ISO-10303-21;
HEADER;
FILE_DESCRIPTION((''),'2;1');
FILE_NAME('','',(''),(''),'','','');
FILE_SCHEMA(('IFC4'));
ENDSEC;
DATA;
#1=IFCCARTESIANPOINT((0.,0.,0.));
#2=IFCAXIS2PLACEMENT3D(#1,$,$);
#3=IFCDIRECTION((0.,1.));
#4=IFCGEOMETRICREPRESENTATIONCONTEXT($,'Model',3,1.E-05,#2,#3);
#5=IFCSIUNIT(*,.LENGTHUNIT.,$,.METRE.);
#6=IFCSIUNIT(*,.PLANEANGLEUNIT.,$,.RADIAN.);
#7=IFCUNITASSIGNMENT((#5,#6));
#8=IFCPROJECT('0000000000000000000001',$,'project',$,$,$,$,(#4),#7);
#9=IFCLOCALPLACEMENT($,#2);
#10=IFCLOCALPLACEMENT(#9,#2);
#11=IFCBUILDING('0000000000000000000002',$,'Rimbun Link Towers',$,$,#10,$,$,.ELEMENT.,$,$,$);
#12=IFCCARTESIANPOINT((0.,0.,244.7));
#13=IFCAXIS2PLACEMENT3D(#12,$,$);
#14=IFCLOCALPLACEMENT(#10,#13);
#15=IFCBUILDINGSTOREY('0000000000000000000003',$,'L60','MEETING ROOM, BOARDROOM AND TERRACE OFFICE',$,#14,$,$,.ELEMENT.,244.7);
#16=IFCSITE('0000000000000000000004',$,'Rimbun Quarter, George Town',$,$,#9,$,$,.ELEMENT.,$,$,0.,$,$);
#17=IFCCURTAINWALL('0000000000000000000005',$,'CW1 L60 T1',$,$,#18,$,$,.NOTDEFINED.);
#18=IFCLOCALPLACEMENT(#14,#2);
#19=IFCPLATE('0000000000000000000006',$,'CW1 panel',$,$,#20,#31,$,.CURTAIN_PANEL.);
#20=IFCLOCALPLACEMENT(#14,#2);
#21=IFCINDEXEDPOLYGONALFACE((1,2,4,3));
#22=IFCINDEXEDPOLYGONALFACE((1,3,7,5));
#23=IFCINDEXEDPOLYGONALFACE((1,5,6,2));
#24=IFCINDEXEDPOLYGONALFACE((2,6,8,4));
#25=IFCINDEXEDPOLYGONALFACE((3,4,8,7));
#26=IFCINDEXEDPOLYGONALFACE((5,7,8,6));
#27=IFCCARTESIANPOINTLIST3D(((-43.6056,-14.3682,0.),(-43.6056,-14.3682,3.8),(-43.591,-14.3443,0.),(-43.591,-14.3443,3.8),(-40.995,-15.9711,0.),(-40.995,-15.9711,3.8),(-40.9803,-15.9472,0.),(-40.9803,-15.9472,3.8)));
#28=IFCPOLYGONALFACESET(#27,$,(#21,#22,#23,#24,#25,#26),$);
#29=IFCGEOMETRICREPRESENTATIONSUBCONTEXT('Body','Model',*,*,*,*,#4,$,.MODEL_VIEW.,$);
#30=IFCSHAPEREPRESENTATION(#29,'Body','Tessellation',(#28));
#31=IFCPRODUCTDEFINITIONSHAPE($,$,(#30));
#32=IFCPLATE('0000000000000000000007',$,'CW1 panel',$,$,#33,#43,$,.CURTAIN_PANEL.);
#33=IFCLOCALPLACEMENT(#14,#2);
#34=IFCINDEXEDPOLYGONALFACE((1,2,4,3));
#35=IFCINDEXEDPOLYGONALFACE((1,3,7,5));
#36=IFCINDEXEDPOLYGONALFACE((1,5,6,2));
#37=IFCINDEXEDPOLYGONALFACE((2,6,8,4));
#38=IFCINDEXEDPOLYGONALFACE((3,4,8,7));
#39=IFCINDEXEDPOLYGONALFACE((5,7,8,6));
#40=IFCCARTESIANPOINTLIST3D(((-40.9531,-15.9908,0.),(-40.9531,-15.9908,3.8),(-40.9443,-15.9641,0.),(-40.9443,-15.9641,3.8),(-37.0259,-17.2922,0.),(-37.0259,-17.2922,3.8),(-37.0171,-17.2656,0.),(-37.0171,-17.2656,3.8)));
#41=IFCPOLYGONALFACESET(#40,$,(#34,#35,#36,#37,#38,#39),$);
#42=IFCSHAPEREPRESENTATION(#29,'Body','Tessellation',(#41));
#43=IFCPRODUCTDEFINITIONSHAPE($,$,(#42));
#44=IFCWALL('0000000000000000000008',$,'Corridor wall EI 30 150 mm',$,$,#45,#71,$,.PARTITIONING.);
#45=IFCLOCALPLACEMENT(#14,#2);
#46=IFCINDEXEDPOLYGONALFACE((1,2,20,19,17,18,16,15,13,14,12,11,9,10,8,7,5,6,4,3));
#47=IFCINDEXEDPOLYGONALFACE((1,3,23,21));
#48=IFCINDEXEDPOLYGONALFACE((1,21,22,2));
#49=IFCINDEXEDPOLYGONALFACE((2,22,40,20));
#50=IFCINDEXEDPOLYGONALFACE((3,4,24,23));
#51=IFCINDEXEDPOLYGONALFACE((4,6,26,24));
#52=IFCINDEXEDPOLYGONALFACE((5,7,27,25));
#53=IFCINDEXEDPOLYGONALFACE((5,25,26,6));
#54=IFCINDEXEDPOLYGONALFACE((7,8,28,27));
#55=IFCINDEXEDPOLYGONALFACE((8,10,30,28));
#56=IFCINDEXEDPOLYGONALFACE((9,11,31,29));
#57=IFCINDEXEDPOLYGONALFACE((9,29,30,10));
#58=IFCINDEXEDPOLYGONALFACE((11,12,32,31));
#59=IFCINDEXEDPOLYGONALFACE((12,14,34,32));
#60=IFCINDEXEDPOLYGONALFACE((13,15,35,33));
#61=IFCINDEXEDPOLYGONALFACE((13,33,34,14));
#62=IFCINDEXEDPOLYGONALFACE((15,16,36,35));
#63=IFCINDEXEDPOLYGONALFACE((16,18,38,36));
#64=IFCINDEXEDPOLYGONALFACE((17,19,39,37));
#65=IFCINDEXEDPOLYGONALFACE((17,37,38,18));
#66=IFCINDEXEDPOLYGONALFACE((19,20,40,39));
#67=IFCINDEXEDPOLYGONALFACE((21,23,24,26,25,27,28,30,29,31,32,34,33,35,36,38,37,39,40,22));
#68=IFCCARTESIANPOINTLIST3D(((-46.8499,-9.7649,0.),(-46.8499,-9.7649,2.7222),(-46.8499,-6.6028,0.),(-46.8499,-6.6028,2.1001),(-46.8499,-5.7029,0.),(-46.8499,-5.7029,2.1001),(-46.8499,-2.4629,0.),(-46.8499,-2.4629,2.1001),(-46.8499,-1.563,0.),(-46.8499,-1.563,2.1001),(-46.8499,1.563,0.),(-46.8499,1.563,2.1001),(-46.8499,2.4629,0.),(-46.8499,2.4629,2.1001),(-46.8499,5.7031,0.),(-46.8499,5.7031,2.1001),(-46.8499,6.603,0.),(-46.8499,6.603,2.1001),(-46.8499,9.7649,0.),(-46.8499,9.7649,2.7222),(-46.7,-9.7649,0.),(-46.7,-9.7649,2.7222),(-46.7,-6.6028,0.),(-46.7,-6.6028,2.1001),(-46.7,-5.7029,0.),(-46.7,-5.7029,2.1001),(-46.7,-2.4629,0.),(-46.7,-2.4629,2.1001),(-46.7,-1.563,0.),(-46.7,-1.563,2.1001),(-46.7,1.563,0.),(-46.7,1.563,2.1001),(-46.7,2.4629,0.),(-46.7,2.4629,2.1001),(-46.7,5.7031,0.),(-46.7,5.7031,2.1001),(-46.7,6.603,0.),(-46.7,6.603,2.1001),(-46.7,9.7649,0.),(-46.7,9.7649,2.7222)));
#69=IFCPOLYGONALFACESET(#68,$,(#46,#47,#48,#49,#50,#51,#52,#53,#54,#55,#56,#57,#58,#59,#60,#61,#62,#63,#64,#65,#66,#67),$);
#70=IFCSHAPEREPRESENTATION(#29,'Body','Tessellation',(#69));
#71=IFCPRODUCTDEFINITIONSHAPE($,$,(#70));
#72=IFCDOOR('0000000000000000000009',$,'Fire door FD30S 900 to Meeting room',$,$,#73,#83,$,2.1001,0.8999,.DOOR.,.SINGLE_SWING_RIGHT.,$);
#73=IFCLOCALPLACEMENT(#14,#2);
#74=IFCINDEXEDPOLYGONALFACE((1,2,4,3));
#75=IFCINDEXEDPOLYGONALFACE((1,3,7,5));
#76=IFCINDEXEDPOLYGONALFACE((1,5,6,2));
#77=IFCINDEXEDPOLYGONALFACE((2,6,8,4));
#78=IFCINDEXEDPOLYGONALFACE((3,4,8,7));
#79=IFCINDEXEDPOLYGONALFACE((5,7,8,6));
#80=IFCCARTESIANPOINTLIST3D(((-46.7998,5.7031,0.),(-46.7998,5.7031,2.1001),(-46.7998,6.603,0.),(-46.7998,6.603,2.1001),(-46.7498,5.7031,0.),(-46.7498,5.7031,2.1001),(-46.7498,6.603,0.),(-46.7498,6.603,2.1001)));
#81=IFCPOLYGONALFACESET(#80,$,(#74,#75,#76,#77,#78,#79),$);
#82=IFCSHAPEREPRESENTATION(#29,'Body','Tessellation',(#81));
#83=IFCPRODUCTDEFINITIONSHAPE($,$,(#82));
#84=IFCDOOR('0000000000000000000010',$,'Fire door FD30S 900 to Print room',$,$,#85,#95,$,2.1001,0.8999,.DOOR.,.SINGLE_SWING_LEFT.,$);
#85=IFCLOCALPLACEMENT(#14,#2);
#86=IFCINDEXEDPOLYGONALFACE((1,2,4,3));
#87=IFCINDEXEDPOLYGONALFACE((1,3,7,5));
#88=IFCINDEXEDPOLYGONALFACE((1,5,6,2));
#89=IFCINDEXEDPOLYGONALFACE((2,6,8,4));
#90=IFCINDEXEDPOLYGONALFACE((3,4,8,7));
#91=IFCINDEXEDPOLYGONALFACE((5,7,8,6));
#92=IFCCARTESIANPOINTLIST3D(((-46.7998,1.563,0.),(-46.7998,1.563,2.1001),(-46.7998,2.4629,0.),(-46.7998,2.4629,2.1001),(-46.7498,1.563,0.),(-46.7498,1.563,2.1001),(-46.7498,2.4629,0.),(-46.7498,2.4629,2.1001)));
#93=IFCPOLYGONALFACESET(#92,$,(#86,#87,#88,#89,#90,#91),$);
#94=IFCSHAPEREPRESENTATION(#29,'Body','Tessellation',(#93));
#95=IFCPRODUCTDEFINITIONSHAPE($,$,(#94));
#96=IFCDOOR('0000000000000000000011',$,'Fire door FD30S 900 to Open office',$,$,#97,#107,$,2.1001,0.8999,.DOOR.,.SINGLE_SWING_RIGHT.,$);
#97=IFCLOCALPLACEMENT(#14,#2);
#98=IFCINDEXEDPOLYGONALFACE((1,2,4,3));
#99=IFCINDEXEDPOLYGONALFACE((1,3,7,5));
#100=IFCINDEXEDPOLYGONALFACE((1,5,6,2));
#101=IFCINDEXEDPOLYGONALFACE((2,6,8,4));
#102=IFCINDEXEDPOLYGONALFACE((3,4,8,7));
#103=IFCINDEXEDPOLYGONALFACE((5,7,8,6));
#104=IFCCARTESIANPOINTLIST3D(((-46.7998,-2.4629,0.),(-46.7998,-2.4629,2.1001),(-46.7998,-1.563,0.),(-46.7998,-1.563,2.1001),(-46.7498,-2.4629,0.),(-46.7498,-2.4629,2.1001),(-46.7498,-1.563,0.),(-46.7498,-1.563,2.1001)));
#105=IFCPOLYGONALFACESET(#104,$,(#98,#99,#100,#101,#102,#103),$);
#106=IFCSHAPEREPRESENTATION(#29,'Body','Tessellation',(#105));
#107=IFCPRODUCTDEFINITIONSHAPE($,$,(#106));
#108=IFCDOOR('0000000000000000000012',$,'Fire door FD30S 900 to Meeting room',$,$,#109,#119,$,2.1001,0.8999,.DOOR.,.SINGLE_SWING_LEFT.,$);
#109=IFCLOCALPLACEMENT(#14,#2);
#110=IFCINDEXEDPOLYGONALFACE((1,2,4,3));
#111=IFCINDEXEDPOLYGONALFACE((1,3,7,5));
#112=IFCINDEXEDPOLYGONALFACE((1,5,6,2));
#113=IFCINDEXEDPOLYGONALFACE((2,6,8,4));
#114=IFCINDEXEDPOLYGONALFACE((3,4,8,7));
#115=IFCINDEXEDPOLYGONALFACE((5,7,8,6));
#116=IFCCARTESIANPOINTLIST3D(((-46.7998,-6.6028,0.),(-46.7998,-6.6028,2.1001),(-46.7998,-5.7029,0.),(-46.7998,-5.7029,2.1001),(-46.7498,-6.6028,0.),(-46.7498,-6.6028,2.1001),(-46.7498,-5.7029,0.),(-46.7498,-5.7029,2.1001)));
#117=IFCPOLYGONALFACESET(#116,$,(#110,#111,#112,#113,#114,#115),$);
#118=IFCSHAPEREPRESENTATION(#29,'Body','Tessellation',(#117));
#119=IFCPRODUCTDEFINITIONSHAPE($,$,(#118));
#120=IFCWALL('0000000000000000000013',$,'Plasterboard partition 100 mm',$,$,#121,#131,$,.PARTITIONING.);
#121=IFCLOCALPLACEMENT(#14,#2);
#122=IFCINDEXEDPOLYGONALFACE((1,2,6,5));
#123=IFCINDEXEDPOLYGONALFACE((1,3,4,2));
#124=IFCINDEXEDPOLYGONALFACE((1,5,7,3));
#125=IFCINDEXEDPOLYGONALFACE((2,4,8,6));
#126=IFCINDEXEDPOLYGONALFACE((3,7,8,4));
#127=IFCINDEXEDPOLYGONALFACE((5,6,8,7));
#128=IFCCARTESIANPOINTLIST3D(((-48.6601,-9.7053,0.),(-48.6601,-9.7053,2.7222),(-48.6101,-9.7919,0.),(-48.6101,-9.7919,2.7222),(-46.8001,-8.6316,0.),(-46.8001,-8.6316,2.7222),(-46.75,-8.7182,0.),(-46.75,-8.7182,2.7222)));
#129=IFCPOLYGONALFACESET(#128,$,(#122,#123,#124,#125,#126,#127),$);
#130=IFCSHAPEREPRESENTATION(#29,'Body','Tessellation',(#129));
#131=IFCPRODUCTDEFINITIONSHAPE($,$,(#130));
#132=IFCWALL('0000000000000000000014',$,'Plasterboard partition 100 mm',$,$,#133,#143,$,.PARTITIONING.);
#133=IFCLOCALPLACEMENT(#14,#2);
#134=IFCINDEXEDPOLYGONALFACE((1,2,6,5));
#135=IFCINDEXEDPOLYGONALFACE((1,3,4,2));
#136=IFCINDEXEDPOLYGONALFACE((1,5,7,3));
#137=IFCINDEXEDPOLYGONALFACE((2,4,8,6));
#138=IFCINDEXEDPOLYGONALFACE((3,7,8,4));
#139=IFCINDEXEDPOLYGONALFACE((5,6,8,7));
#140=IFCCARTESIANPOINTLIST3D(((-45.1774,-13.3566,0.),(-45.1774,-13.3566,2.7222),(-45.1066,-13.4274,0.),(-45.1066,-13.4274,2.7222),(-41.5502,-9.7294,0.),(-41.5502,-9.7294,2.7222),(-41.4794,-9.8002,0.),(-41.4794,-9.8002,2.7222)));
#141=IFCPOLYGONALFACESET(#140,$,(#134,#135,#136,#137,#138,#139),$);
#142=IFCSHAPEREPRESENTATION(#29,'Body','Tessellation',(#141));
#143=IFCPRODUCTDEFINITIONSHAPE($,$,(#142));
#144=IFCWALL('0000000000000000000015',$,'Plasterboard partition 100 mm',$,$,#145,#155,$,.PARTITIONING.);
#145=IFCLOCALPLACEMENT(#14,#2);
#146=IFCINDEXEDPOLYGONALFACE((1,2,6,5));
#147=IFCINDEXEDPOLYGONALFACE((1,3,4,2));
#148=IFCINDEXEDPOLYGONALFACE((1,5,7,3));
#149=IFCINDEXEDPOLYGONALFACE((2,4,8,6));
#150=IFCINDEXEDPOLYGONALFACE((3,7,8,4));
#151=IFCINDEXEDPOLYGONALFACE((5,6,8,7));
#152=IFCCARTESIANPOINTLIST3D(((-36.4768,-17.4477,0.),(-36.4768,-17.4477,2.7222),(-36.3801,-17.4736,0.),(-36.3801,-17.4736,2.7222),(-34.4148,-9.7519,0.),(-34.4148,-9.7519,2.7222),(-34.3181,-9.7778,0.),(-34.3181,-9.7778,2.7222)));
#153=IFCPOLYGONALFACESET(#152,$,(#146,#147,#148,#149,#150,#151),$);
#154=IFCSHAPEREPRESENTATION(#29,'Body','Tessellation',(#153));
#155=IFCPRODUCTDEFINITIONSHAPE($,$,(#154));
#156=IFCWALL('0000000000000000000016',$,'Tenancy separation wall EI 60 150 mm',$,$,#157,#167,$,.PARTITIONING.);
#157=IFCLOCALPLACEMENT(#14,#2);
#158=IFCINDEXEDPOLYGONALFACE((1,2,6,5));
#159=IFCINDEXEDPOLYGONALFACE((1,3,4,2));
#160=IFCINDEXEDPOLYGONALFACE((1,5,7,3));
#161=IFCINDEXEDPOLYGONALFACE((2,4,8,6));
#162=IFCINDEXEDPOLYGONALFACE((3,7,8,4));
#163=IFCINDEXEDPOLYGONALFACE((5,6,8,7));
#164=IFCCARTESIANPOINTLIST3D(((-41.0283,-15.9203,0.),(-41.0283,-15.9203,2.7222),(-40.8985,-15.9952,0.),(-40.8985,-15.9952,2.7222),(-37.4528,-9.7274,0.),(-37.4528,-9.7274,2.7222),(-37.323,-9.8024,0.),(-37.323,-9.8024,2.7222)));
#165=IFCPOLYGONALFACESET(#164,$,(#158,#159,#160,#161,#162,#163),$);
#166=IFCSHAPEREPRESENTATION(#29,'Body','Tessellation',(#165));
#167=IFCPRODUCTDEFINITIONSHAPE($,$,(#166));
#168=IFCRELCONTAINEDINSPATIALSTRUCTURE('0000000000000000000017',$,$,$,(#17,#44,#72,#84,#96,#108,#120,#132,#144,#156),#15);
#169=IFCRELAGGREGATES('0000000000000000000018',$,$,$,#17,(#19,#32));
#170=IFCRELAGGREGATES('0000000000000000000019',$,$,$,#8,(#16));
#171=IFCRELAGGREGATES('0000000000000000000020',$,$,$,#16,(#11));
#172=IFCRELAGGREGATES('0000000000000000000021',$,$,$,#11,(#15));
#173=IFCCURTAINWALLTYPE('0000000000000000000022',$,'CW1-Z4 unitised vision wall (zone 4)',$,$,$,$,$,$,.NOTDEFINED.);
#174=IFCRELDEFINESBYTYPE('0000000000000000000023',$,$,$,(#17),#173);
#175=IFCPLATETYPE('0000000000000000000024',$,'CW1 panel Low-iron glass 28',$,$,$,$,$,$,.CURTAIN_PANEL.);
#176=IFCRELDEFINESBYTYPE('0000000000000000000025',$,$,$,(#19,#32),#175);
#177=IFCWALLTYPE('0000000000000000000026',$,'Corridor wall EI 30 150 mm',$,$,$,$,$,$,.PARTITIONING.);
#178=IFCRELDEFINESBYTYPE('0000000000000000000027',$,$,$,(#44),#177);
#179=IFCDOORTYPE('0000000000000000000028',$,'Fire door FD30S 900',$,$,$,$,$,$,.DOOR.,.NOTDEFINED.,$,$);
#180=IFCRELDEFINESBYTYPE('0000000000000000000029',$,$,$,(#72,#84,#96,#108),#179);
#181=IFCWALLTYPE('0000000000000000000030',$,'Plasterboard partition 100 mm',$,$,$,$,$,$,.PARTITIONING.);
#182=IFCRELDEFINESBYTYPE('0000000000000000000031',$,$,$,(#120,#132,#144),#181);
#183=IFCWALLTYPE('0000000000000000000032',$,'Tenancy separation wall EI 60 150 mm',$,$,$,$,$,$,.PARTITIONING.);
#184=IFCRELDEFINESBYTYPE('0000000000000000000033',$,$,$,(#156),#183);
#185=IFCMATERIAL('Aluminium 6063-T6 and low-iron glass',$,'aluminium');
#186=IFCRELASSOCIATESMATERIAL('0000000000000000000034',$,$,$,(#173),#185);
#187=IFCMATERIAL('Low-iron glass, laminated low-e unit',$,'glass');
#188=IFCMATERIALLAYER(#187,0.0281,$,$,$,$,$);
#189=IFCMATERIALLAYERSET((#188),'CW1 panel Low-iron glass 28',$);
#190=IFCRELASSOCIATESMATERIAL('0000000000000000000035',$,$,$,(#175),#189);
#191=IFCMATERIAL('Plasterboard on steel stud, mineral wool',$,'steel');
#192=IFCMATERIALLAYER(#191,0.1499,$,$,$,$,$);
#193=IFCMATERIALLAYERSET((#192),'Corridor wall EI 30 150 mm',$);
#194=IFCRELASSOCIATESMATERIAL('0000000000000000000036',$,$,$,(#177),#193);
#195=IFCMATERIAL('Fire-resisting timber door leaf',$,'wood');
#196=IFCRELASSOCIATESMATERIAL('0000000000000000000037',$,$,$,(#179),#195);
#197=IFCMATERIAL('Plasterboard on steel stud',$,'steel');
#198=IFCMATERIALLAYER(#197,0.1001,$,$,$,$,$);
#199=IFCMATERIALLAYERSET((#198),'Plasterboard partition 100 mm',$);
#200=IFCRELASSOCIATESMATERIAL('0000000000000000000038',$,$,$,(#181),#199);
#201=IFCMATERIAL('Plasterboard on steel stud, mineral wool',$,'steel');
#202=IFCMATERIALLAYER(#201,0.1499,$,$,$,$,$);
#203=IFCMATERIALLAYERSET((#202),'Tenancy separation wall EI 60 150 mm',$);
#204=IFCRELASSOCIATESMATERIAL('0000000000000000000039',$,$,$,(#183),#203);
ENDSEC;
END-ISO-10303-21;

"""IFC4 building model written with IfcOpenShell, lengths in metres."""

from ifc_helpers import new_model, si_unit, direction, frame, frame_2d, origin, origin_2d, place, context, subcontext, project, spatial, rectangle, extrude, material, layer, layer_set, type_object, element, fill, aggregate, save


model = new_model("IFC4")

# Units and contexts
model_context = context("Model", 3, precision=1e-05, world=origin(), true_north=direction((0.0, 1.0)))
body_context = subcontext(model_context, "Body", "Model", "MODEL_VIEW")
ifc_project = project(units=[si_unit("LENGTHUNIT", "METRE"), si_unit("PLANEANGLEUNIT", "RADIAN")], contexts=[model_context])

# Site, building, storey
site_placement = place(None, origin())
site = spatial("IfcSite", under=ifc_project, at=site_placement, Name="Rimbun Quarter, George Town", CompositionType="ELEMENT", RefElevation=0.0)
building_placement = place(site_placement, origin())
building = spatial("IfcBuilding", under=site, at=building_placement, Name="Rimbun Link Towers", CompositionType="ELEMENT")
storey_placement = place(building_placement, frame((0.0, 0.0, 244.7)))
storey = spatial("IfcBuildingStorey", under=building, at=storey_placement, Name="L60", Description="MEETING ROOM, BOARDROOM AND TERRACE OFFICE", CompositionType="ELEMENT", Elevation=244.7)

# Curtain wall
ifc_material_1 = material(Name="Aluminium 6063-T6 and low-iron glass", Category="aluminium")
curtain_wall_type = type_object("IfcCurtainWallType", Name="CW1-Z4 unitised vision wall (zone 4)", PredefinedType="NOTDEFINED", material=ifc_material_1)
curtain_wall_placement = place(storey_placement, origin())
curtain_wall = element("IfcCurtainWall", 1, at=curtain_wall_placement, inside=storey, type_object=curtain_wall_type, Name="CW1 L60 T1", PredefinedType="NOTDEFINED")

# Plates
ifc_material_2 = material(Name="Low-iron glass, laminated low-e unit", Category="glass")
ifc_layer_1 = layer(ifc_material_2, 0.0281)
ifc_layer_set_1 = layer_set([ifc_layer_1], Name="CW1 panel Low-iron glass 28")
plate_type = type_object("IfcPlateType", Name="CW1 panel Low-iron glass 28", PredefinedType="CURTAIN_PANEL", material=ifc_layer_set_1)
plate_1_placement = place(storey_placement, frame((-42.293, -15.1577, 0.0), z_axis=(0.0, 0.0, 1.0), x_axis=(-0.852192, 0.523229, 0.0)))
plate_1 = element("IfcPlate", 2, at=plate_1_placement, type_object=plate_type, Name="CW1 panel", PredefinedType="CURTAIN_PANEL", context=body_context, shape_type="SweptSolid", body=[
    extrude(rectangle(XDim=3.0635, YDim=0.0281, at=origin_2d()), origin(), (0.0, 0.0, 1.0), 3.8),
])
plate_2_placement = place(storey_placement, frame((-38.9851, -16.6282, 0.0), z_axis=(0.0, 0.0, 1.0), x_axis=(-0.949234, 0.314569, 0.0)))
plate_2 = element("IfcPlate", 3, at=plate_2_placement, type_object=plate_type, Name="CW1 panel", PredefinedType="CURTAIN_PANEL", context=body_context, shape_type="SweptSolid", body=[
    extrude(rectangle(XDim=4.1372, YDim=0.0281, at=origin_2d()), origin(), (0.0, 0.0, 1.0), 3.8),
])
aggregate(curtain_wall, [plate_1, plate_2])

# Wall, openings, doors
ifc_material_3 = material(Name="Plasterboard on steel stud, mineral wool", Category="steel")
ifc_layer_2 = layer(ifc_material_3, 0.1499)
ifc_layer_set_2 = layer_set([ifc_layer_2], Name="Corridor wall EI 30 150 mm")
wall_type_1 = type_object("IfcWallType", Name="Corridor wall EI 30 150 mm", PredefinedType="PARTITIONING", material=ifc_layer_set_2)
wall_1_placement = place(storey_placement, frame((-46.7749, -9.7649, 0.0), z_axis=(0.0, 0.0, 1.0), x_axis=(0.0, 1.0, 0.0)))
wall_1 = element("IfcWall", 4, at=wall_1_placement, inside=storey, type_object=wall_type_1, Name="Corridor wall EI 30 150 mm", PredefinedType="PARTITIONING", context=body_context, shape_type="SweptSolid", body=[
    extrude(rectangle(XDim=19.5298, YDim=0.1499, at=frame_2d((9.7649, 0.0))), origin(), (0.0, 0.0, 1.0), 2.7222),
])
opening_1_placement = place(wall_1_placement, frame((15.468, 0.0, 0.0)))
opening_1 = element("IfcOpeningElement", 5, at=opening_1_placement, cuts=wall_1, PredefinedType="OPENING", context=body_context, shape_type="SweptSolid", body=[
    extrude(rectangle(XDim=0.8999, YDim=2.1001, at=frame_2d((0.45, 1.05))), frame((0.0, 0.085, 0.0), z_axis=(0.0, -1.0, 0.0), x_axis=(1.0, 0.0, 0.0)), (0.0, 0.0, 1.0), 0.1699),
])
opening_2_placement = place(wall_1_placement, frame((11.3279, 0.0, 0.0)))
opening_2 = element("IfcOpeningElement", 6, at=opening_2_placement, cuts=wall_1, PredefinedType="OPENING", context=body_context, shape_type="SweptSolid", body=[
    extrude(rectangle(XDim=0.8999, YDim=2.1001, at=frame_2d((0.45, 1.05))), frame((0.0, 0.085, 0.0), z_axis=(0.0, -1.0, 0.0), x_axis=(1.0, 0.0, 0.0)), (0.0, 0.0, 1.0), 0.1699),
])
opening_3_placement = place(wall_1_placement, frame((7.302, 0.0, 0.0)))
opening_3 = element("IfcOpeningElement", 7, at=opening_3_placement, cuts=wall_1, PredefinedType="OPENING", context=body_context, shape_type="SweptSolid", body=[
    extrude(rectangle(XDim=0.8999, YDim=2.1001, at=frame_2d((0.45, 1.05))), frame((0.0, 0.085, 0.0), z_axis=(0.0, -1.0, 0.0), x_axis=(1.0, 0.0, 0.0)), (0.0, 0.0, 1.0), 0.1699),
])
opening_4_placement = place(wall_1_placement, frame((3.1621, 0.0, 0.0)))
opening_4 = element("IfcOpeningElement", 8, at=opening_4_placement, cuts=wall_1, PredefinedType="OPENING", context=body_context, shape_type="SweptSolid", body=[
    extrude(rectangle(XDim=0.8999, YDim=2.1001, at=frame_2d((0.45, 1.05))), frame((0.0, 0.085, 0.0), z_axis=(0.0, -1.0, 0.0), x_axis=(1.0, 0.0, 0.0)), (0.0, 0.0, 1.0), 0.1699),
])
ifc_material_4 = material(Name="Fire-resisting timber door leaf", Category="wood")
door_type = type_object("IfcDoorType", Name="Fire door FD30S 900", OperationType="NOTDEFINED", PredefinedType="DOOR", material=ifc_material_4)
door_1_placement = place(opening_1_placement, origin())
door_1 = element("IfcDoor", 9, at=door_1_placement, inside=storey, type_object=door_type, Name="Fire door FD30S 900 to Meeting room", OperationType="SINGLE_SWING_RIGHT", OverallHeight=2.1001, OverallWidth=0.8999, PredefinedType="DOOR", context=body_context, shape_type="SweptSolid", body=[
    extrude(rectangle(XDim=0.8999, YDim=2.1001, at=frame_2d((0.45, 1.05))), frame((0.0, 0.0249, 0.0), z_axis=(0.0, -1.0, 0.0), x_axis=(1.0, 0.0, 0.0)), (0.0, 0.0, 1.0), 0.05),
])
fill(opening_1, door_1)
door_2_placement = place(opening_2_placement, origin())
door_2 = element("IfcDoor", 10, at=door_2_placement, inside=storey, type_object=door_type, Name="Fire door FD30S 900 to Print room", OperationType="SINGLE_SWING_LEFT", OverallHeight=2.1001, OverallWidth=0.8999, PredefinedType="DOOR", context=body_context, shape_type="SweptSolid", body=[
    extrude(rectangle(XDim=0.8999, YDim=2.1001, at=frame_2d((0.45, 1.05))), frame((0.0, 0.0249, 0.0), z_axis=(0.0, -1.0, 0.0), x_axis=(1.0, 0.0, 0.0)), (0.0, 0.0, 1.0), 0.05),
])
fill(opening_2, door_2)
door_3_placement = place(opening_3_placement, origin())
door_3 = element("IfcDoor", 11, at=door_3_placement, inside=storey, type_object=door_type, Name="Fire door FD30S 900 to Open office", OperationType="SINGLE_SWING_RIGHT", OverallHeight=2.1001, OverallWidth=0.8999, PredefinedType="DOOR", context=body_context, shape_type="SweptSolid", body=[
    extrude(rectangle(XDim=0.8999, YDim=2.1001, at=frame_2d((0.45, 1.05))), frame((0.0, 0.0249, 0.0), z_axis=(0.0, -1.0, 0.0), x_axis=(1.0, 0.0, 0.0)), (0.0, 0.0, 1.0), 0.05),
])
fill(opening_3, door_3)
door_4_placement = place(opening_4_placement, origin())
door_4 = element("IfcDoor", 12, at=door_4_placement, inside=storey, type_object=door_type, Name="Fire door FD30S 900 to Meeting room", OperationType="SINGLE_SWING_LEFT", OverallHeight=2.1001, OverallWidth=0.8999, PredefinedType="DOOR", context=body_context, shape_type="SweptSolid", body=[
    extrude(rectangle(XDim=0.8999, YDim=2.1001, at=frame_2d((0.45, 1.05))), frame((0.0, 0.0249, 0.0), z_axis=(0.0, -1.0, 0.0), x_axis=(1.0, 0.0, 0.0)), (0.0, 0.0, 1.0), 0.05),
])
fill(opening_4, door_4)

# Walls
ifc_material_5 = material(Name="Plasterboard on steel stud", Category="steel")
ifc_layer_3 = layer(ifc_material_5, 0.1001)
ifc_layer_set_3 = layer_set([ifc_layer_3], Name="Plasterboard partition 100 mm")
wall_type_2 = type_object("IfcWallType", Name="Plasterboard partition 100 mm", PredefinedType="PARTITIONING", material=ifc_layer_set_3)
wall_2_placement = place(storey_placement, frame((-48.635, -9.7485, 0.0), z_axis=(0.0, 0.0, 1.0), x_axis=(0.866066, 0.499929, 0.0)))
element("IfcWall", 13, at=wall_2_placement, inside=storey, type_object=wall_type_2, Name="Plasterboard partition 100 mm", PredefinedType="PARTITIONING", context=body_context, shape_type="SweptSolid", body=[
    extrude(rectangle(XDim=2.1477, YDim=0.1001, at=frame_2d((1.0737, 0.0))), origin(), (0.0, 0.0, 1.0), 2.7222),
])
wall_3_placement = place(storey_placement, frame((-45.1421, -13.3921, 0.0), z_axis=(0.0, 0.0, 1.0), x_axis=(0.707107, 0.707107, 0.0)))
element("IfcWall", 14, at=wall_3_placement, inside=storey, type_object=wall_type_2, Name="Plasterboard partition 100 mm", PredefinedType="PARTITIONING", context=body_context, shape_type="SweptSolid", body=[
    extrude(rectangle(XDim=5.1296, YDim=0.1001, at=frame_2d((2.5649, 0.0))), origin(), (0.0, 0.0, 1.0), 2.7222),
])
wall_4_placement = place(storey_placement, frame((-36.4285, -17.4607, 0.0), z_axis=(0.0, 0.0, 1.0), x_axis=(0.258811, 0.965928, 0.0)))
element("IfcWall", 15, at=wall_4_placement, inside=storey, type_object=wall_type_2, Name="Plasterboard partition 100 mm", PredefinedType="PARTITIONING", context=body_context, shape_type="SweptSolid", body=[
    extrude(rectangle(XDim=7.9673, YDim=0.1001, at=frame_2d((3.9836, 0.0))), origin(), (0.0, 0.0, 1.0), 2.7222),
])
ifc_material_6 = material(Name="Plasterboard on steel stud, mineral wool", Category="steel")
ifc_layer_4 = layer(ifc_material_6, 0.1499)
ifc_layer_set_4 = layer_set([ifc_layer_4], Name="Tenancy separation wall EI 60 150 mm")
wall_type_3 = type_object("IfcWallType", Name="Tenancy separation wall EI 60 150 mm", PredefinedType="PARTITIONING", material=ifc_layer_set_4)
wall_5_placement = place(storey_placement, frame((-37.3879, -9.7649, 0.0), z_axis=(0.0, 0.0, 1.0), x_axis=(-0.499998, -0.866026, 0.0)))
element("IfcWall", 16, at=wall_5_placement, inside=storey, type_object=wall_type_3, Name="Tenancy separation wall EI 60 150 mm", PredefinedType="PARTITIONING", context=body_context, shape_type="SweptSolid", body=[
    extrude(rectangle(XDim=7.1509, YDim=0.1499, at=frame_2d((3.5754, 0.0))), origin(), (0.0, 0.0, 1.0), 2.7222),
])

save(model, "model.ifc")
